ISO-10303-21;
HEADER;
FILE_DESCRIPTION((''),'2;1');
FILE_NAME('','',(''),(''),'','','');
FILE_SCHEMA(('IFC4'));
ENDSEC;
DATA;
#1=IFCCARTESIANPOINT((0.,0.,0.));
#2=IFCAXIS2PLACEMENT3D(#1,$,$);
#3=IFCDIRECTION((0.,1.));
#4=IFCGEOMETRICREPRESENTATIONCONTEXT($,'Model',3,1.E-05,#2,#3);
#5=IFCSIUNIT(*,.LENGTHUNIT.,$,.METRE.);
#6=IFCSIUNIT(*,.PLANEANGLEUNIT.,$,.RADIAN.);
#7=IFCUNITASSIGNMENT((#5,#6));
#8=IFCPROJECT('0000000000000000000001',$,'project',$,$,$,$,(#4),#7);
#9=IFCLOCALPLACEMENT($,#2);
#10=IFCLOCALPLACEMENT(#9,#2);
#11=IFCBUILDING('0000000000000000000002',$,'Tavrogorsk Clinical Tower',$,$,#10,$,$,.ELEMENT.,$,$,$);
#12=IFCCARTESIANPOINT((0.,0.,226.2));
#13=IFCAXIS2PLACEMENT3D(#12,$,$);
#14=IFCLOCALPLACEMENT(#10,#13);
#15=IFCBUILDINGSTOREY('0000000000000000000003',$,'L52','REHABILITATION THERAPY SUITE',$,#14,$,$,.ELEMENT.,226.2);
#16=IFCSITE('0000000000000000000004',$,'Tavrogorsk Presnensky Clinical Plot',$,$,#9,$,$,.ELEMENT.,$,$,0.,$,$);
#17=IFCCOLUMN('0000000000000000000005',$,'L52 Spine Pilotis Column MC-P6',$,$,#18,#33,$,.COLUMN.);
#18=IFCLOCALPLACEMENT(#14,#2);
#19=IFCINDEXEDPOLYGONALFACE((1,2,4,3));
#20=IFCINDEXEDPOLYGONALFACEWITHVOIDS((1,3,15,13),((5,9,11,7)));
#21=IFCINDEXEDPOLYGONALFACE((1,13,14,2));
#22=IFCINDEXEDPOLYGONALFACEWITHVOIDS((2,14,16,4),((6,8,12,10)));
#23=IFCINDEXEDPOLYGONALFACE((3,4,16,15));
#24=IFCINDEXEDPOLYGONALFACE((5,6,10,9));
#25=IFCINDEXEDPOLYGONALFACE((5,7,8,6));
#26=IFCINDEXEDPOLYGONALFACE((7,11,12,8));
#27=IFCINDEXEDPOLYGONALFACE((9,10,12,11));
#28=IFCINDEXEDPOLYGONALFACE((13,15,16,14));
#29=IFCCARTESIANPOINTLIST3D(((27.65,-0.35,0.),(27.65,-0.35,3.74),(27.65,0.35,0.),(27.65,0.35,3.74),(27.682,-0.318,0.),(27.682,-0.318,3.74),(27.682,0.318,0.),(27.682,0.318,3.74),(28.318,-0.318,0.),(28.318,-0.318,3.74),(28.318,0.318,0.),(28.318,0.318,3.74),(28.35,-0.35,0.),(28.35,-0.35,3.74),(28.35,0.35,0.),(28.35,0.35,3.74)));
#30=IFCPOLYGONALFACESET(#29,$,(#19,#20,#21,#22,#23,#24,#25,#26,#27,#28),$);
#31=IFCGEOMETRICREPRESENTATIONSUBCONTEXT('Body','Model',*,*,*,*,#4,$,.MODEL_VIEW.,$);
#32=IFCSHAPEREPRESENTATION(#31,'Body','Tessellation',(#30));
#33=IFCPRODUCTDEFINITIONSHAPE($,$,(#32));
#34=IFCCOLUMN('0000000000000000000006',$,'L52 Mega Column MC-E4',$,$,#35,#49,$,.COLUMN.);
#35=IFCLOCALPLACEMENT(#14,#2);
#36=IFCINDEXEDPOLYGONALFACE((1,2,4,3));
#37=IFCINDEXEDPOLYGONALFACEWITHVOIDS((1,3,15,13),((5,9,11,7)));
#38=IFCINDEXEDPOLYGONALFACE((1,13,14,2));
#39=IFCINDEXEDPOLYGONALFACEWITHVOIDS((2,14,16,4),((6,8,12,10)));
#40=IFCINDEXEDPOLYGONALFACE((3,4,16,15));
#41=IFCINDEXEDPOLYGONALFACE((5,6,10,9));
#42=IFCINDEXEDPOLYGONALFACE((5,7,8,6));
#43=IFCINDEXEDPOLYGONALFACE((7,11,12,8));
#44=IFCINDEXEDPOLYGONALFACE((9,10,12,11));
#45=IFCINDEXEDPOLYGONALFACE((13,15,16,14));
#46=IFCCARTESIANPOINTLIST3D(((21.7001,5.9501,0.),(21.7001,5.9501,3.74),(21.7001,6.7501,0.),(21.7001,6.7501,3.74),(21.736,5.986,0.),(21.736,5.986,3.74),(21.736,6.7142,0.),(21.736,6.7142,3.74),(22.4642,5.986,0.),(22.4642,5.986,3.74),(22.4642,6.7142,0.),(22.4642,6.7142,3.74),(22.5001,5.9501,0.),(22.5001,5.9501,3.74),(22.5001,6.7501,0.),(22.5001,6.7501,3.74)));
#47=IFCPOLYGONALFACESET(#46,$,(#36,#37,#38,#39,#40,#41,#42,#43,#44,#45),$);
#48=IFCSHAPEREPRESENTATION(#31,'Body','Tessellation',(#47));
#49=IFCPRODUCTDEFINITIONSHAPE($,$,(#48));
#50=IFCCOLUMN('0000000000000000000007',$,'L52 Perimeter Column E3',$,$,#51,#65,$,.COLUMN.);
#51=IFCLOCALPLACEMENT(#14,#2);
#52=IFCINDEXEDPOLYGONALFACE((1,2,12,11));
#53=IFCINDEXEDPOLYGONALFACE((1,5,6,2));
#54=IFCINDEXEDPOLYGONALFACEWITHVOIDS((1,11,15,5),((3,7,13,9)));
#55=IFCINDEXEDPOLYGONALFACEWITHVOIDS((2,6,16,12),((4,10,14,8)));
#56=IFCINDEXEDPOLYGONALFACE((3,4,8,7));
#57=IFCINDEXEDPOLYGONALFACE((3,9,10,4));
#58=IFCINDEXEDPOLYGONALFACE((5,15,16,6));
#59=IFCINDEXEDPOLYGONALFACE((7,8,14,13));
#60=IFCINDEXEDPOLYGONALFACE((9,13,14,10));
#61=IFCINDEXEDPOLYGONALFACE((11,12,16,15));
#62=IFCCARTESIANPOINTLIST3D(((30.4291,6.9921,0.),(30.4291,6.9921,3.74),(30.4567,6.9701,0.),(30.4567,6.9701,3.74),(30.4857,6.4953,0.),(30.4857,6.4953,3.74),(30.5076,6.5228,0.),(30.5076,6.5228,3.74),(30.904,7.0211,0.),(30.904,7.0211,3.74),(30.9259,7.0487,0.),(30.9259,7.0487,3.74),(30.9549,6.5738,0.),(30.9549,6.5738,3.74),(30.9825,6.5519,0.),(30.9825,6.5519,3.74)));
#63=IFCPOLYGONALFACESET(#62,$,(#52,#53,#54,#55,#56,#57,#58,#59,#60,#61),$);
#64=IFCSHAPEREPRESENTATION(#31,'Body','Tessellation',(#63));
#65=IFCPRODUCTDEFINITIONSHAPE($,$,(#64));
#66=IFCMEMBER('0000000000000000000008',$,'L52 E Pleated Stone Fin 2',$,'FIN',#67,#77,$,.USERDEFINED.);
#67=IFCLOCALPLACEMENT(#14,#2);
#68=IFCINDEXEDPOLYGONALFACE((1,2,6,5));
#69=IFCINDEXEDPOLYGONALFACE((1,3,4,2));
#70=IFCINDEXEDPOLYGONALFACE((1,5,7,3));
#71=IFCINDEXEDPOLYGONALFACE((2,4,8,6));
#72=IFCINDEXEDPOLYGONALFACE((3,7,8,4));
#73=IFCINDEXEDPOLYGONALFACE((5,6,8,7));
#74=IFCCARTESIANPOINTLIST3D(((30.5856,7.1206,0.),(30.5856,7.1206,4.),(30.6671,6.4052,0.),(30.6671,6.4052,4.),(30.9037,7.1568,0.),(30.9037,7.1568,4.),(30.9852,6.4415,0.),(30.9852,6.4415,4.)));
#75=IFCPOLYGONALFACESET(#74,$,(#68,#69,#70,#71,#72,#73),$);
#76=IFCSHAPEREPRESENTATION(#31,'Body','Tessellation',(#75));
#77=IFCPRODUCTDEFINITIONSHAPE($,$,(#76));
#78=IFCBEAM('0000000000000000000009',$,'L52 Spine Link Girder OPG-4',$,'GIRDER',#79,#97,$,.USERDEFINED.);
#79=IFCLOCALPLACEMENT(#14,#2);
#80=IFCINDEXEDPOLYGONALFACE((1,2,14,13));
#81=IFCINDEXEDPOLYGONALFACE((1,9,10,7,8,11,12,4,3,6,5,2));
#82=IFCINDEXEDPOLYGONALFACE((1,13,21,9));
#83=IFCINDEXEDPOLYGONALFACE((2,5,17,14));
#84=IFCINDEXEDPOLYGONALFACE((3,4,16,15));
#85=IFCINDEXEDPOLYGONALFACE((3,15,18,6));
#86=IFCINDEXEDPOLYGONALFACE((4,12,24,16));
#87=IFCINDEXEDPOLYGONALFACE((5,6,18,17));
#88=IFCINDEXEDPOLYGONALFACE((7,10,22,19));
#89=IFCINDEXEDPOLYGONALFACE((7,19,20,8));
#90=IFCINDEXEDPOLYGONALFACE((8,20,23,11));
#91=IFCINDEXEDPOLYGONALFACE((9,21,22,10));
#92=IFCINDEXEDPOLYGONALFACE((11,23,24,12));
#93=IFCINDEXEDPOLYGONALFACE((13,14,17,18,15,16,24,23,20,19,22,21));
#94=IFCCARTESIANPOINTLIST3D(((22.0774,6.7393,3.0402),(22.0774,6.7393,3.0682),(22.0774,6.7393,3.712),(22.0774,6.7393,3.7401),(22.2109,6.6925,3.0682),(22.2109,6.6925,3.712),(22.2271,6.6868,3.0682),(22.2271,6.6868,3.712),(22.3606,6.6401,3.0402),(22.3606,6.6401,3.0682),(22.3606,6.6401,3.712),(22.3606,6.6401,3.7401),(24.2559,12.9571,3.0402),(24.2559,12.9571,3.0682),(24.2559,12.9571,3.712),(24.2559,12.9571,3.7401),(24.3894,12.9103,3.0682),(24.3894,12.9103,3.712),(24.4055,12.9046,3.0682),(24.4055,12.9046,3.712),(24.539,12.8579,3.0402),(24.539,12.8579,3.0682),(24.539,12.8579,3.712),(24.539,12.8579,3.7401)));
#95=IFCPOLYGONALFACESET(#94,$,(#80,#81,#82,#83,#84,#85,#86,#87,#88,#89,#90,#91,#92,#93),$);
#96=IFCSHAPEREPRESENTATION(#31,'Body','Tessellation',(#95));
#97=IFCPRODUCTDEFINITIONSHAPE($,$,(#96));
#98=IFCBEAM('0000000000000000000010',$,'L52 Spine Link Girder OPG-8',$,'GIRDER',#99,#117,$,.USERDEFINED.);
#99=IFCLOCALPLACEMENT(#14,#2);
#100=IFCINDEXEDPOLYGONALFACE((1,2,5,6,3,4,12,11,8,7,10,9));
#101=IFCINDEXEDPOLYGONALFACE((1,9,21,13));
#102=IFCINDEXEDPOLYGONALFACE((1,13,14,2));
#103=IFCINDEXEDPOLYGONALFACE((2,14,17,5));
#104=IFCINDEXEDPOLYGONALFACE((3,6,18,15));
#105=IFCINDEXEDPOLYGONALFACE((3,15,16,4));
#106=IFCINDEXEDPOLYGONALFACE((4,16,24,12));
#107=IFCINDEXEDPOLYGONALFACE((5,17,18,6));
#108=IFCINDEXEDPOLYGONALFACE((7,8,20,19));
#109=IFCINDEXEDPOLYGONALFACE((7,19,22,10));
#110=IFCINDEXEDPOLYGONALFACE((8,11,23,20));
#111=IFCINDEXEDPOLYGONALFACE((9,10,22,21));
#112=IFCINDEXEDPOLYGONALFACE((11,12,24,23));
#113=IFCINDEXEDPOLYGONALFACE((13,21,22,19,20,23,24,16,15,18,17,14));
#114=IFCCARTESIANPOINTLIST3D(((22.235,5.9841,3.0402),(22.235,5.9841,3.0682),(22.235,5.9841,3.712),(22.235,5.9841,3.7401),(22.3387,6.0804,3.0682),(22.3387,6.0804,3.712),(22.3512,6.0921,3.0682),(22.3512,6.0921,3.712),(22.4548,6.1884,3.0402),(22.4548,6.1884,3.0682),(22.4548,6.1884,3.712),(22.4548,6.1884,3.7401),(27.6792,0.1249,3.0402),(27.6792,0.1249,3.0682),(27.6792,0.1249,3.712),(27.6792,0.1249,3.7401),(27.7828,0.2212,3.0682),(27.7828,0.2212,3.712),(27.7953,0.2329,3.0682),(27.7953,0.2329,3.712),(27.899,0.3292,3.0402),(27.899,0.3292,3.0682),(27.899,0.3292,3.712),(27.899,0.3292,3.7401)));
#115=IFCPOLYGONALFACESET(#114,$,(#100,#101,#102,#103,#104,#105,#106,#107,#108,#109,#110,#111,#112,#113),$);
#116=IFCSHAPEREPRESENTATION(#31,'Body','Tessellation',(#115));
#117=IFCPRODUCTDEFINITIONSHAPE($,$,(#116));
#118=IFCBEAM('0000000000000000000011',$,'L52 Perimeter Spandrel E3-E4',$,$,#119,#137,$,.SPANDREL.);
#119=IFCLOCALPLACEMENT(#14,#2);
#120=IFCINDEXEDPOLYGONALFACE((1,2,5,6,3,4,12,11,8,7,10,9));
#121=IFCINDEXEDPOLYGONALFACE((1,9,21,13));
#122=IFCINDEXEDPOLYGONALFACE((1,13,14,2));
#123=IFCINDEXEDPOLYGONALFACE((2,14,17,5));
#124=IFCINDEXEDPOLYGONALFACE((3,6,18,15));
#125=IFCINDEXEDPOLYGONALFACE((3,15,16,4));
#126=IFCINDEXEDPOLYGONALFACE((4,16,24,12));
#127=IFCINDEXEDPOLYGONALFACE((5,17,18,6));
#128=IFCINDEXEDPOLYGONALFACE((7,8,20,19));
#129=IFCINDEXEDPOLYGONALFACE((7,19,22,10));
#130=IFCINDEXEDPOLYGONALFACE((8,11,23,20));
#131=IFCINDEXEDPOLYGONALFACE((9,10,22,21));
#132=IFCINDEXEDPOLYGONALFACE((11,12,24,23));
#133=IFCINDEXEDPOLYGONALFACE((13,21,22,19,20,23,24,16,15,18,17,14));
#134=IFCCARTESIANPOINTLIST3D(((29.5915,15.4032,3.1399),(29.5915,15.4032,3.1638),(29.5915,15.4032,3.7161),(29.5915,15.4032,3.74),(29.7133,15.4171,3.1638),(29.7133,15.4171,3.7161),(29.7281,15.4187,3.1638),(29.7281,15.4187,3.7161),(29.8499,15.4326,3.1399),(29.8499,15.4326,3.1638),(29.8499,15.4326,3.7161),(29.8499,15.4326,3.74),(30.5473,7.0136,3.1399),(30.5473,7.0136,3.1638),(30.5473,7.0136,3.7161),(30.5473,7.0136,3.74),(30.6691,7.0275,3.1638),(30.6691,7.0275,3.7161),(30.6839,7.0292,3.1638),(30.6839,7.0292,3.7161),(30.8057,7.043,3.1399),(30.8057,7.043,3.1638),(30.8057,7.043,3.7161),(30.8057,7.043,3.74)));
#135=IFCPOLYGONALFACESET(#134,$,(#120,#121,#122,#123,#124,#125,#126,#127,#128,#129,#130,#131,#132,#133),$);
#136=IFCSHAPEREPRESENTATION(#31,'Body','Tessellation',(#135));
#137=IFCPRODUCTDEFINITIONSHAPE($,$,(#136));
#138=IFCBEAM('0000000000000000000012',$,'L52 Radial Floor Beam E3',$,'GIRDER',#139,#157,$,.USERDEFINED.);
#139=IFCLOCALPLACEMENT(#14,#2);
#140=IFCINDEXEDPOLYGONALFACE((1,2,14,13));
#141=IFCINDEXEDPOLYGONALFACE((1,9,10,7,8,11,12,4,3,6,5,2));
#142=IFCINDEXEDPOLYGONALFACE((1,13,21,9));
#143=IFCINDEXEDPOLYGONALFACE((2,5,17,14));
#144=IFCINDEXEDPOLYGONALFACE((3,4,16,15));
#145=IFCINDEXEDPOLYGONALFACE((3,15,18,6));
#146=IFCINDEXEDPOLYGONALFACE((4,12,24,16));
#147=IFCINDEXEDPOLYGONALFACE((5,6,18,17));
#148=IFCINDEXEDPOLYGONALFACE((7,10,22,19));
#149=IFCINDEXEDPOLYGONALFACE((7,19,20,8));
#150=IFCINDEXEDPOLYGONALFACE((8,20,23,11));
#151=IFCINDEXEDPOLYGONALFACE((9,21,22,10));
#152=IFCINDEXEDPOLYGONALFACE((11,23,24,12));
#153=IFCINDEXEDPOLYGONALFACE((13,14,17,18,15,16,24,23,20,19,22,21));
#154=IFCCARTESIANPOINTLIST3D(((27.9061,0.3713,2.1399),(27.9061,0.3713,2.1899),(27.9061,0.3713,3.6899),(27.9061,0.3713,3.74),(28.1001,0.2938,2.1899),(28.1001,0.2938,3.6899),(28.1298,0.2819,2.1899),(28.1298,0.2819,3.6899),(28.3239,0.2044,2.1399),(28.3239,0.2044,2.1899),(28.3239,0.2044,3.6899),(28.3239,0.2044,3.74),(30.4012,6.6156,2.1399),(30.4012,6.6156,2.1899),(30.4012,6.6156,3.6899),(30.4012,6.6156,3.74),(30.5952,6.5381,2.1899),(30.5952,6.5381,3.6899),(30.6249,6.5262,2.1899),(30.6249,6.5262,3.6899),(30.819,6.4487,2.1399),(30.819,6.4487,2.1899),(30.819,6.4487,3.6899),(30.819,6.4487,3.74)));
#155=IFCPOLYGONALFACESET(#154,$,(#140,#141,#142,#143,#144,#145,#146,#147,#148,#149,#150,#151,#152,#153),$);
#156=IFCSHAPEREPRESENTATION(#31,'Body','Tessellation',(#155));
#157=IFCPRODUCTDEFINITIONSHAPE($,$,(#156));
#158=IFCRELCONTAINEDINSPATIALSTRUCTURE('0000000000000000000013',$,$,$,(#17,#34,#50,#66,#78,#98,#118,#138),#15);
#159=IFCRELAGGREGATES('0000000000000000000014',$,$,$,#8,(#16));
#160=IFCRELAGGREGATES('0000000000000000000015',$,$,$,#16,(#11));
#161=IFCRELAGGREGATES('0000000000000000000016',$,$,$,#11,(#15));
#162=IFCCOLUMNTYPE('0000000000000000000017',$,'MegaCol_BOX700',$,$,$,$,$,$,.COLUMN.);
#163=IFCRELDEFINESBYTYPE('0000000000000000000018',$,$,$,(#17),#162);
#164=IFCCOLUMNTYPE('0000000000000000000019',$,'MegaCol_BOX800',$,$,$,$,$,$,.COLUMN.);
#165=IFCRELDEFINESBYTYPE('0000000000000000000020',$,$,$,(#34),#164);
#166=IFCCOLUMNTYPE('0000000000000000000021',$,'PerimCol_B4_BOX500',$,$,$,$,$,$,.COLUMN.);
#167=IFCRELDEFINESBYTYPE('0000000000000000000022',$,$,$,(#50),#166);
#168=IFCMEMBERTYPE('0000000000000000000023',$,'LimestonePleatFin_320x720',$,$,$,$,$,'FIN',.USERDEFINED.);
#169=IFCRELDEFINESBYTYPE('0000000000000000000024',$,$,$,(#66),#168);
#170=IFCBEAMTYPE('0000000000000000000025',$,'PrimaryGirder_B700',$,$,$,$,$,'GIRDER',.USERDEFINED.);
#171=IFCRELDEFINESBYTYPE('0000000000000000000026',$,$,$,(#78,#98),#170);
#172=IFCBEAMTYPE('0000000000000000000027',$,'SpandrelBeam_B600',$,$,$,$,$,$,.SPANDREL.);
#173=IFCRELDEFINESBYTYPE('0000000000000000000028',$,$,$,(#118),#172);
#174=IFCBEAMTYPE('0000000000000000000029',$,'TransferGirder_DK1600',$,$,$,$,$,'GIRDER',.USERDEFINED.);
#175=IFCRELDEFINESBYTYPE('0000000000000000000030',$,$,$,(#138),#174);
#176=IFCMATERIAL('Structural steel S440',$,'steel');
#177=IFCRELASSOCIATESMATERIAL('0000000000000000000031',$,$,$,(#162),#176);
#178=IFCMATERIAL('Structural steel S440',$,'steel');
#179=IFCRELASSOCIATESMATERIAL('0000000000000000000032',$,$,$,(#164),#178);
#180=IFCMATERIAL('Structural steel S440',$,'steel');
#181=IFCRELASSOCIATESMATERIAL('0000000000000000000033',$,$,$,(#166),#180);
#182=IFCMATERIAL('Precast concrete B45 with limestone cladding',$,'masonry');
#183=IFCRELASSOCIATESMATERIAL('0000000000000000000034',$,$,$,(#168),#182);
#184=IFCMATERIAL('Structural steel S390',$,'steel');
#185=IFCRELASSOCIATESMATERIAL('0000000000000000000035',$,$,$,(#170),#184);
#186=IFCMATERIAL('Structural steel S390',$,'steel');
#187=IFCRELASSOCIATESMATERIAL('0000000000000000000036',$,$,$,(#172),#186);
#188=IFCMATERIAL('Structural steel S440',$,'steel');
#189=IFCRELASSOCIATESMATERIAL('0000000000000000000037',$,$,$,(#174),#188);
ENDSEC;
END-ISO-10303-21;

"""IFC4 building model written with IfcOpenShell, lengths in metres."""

from ifc_helpers import new_model, si_unit, direction, frame, origin, origin_2d, place, context, subcontext, project, spatial, rectangle, hollow_rectangle, i_section, extrude, material, material_profile, profile_set, type_object, element, save


model = new_model("IFC4")

# Units and contexts
model_context = context("Model", 3, precision=1e-05, world=origin(), true_north=direction((0.0, 1.0)))
body_context = subcontext(model_context, "Body", "Model", "MODEL_VIEW")
ifc_project = project(units=[si_unit("LENGTHUNIT", "METRE"), si_unit("PLANEANGLEUNIT", "RADIAN")], contexts=[model_context])

# Site, building, storey
site_placement = place(None, origin())
site = spatial("IfcSite", under=ifc_project, at=site_placement, Name="Tavrogorsk Presnensky Clinical Plot", CompositionType="ELEMENT", RefElevation=0.0)
building_placement = place(site_placement, origin())
building = spatial("IfcBuilding", under=site, at=building_placement, Name="Tavrogorsk Clinical Tower", CompositionType="ELEMENT")
storey_placement = place(building_placement, frame((0.0, 0.0, 226.2)))
storey = spatial("IfcBuildingStorey", under=building, at=storey_placement, Name="L52", Description="REHABILITATION THERAPY SUITE", CompositionType="ELEMENT", Elevation=226.2)

# Columns
ifc_material_1 = material(Name="Structural steel S440", Category="steel")
ifc_material_profile_1 = material_profile(ifc_material_1, hollow_rectangle(XDim=0.7, YDim=0.7, WallThickness=0.032, at=origin_2d()), Name="BOX-700x700x32")
ifc_profile_set_1 = profile_set([ifc_material_profile_1], Name="Structural steel S440")
column_type_1 = type_object("IfcColumnType", Name="MegaCol_BOX700", PredefinedType="COLUMN", material=ifc_profile_set_1)
column_1_placement = place(storey_placement, frame((28.0, 0.0, 0.0), z_axis=(0.0, 0.0, 1.0), x_axis=(1.0, 0.0, 0.0)))
element("IfcColumn", 1, at=column_1_placement, inside=storey, type_object=column_type_1, Name="L52 Spine Pilotis Column MC-P6", PredefinedType="COLUMN", context=body_context, shape_type="SweptSolid", body=[
    extrude(hollow_rectangle(XDim=0.7, YDim=0.7, WallThickness=0.032, at=origin_2d()), origin(), (0.0, 0.0, 1.0), 3.74),
])
ifc_material_2 = material(Name="Structural steel S440", Category="steel")
ifc_material_profile_2 = material_profile(ifc_material_2, hollow_rectangle(XDim=0.8, YDim=0.8, WallThickness=0.0359, at=origin_2d()), Name="BOX-800x800x36")
ifc_profile_set_2 = profile_set([ifc_material_profile_2], Name="Structural steel S440")
column_type_2 = type_object("IfcColumnType", Name="MegaCol_BOX800", PredefinedType="COLUMN", material=ifc_profile_set_2)
column_2_placement = place(storey_placement, frame((22.1001, 6.3501, 0.0), z_axis=(0.0, 0.0, 1.0), x_axis=(1.0, 0.0, 0.0)))
element("IfcColumn", 2, at=column_2_placement, inside=storey, type_object=column_type_2, Name="L52 Mega Column MC-E4", PredefinedType="COLUMN", context=body_context, shape_type="SweptSolid", body=[
    extrude(hollow_rectangle(XDim=0.8, YDim=0.8, WallThickness=0.0359, at=origin_2d()), origin(), (0.0, 0.0, 1.0), 3.74),
])
ifc_material_3 = material(Name="Structural steel S440", Category="steel")
ifc_material_profile_3 = material_profile(ifc_material_3, hollow_rectangle(XDim=0.5, YDim=0.5, WallThickness=0.0249, at=origin_2d()), Name="BOX-500x500x25")
ifc_profile_set_3 = profile_set([ifc_material_profile_3], Name="Structural steel S440")
column_type_3 = type_object("IfcColumnType", Name="PerimCol_B4_BOX500", PredefinedType="COLUMN", material=ifc_profile_set_3)
column_3_placement = place(storey_placement, frame((30.7058, 6.772, 0.0), z_axis=(0.0, 0.0, 1.0), x_axis=(0.993572, 0.113203, 0.0)))
element("IfcColumn", 3, at=column_3_placement, inside=storey, type_object=column_type_3, Name="L52 Perimeter Column E3", PredefinedType="COLUMN", context=body_context, shape_type="SweptSolid", body=[
    extrude(hollow_rectangle(XDim=0.5, YDim=0.5, WallThickness=0.0249, at=origin_2d()), origin(), (0.0, 0.0, 1.0), 3.74),
])

# Member
ifc_material_4 = material(Name="Precast concrete B45 with limestone cladding", Category="masonry")
ifc_material_profile_4 = material_profile(ifc_material_4, rectangle(XDim=0.3201, YDim=0.72, at=origin_2d()), Name="LIMESTONE-FIN-320x720")
ifc_profile_set_4 = profile_set([ifc_material_profile_4], Name="Precast concrete B45 with limestone cladding")
member_type = type_object("IfcMemberType", Name="LimestonePleatFin_320x720", ElementType="FIN", PredefinedType="USERDEFINED", material=ifc_profile_set_4)
member_placement = place(storey_placement, frame((30.7854, 6.781, 0.0), z_axis=(0.0, 0.0, 1.0), x_axis=(0.993572, 0.113203, 0.0)))
element("IfcMember", 4, at=member_placement, inside=storey, type_object=member_type, Name="L52 E Pleated Stone Fin 2", ObjectType="FIN", PredefinedType="USERDEFINED", context=body_context, shape_type="SweptSolid", body=[
    extrude(rectangle(XDim=0.3201, YDim=0.72, at=origin_2d()), origin(), (0.0, 0.0, 1.0), 4.0),
])

# Beams
ifc_material_5 = material(Name="Structural steel S390", Category="steel")
ifc_material_profile_5 = material_profile(ifc_material_5, i_section(OverallWidth=0.3, OverallDepth=0.7, WebThickness=0.0171, FlangeThickness=0.0281, at=origin_2d()), Name="B-700x300x17x28")
ifc_profile_set_5 = profile_set([ifc_material_profile_5], Name="Structural steel S390")
beam_type_1 = type_object("IfcBeamType", Name="PrimaryGirder_B700", ElementType="GIRDER", PredefinedType="USERDEFINED", material=ifc_profile_set_5)
beam_1_placement = place(storey_placement, frame((24.3975, 12.9075, 3.3901), z_axis=(-0.330654, -0.943752, 0.0), x_axis=(0.943752, -0.330654, 0.0)))
element("IfcBeam", 5, at=beam_1_placement, inside=storey, type_object=beam_type_1, Name="L52 Spine Link Girder OPG-4", ObjectType="GIRDER", PredefinedType="USERDEFINED", context=body_context, shape_type="SweptSolid", body=[
    extrude(i_section(OverallWidth=0.3, OverallDepth=0.7, WebThickness=0.0171, FlangeThickness=0.0281, at=origin_2d()), origin(), (0.0, 0.0, 1.0), 6.5884),
])
beam_2_placement = place(storey_placement, frame((27.7891, 0.2271, 3.3901), z_axis=(-0.680684, 0.732577, 0.0), x_axis=(-0.732577, -0.680684, 0.0)))
element("IfcBeam", 6, at=beam_2_placement, inside=storey, type_object=beam_type_1, Name="L52 Spine Link Girder OPG-8", ObjectType="GIRDER", PredefinedType="USERDEFINED", context=body_context, shape_type="SweptSolid", body=[
    extrude(i_section(OverallWidth=0.3, OverallDepth=0.7, WebThickness=0.0171, FlangeThickness=0.0281, at=origin_2d()), origin(), (0.0, 0.0, 1.0), 7.998),
])
ifc_material_6 = material(Name="Structural steel S390", Category="steel")
ifc_material_profile_6 = material_profile(ifc_material_6, i_section(OverallWidth=0.26, OverallDepth=0.6001, WebThickness=0.0149, FlangeThickness=0.0239, at=origin_2d()), Name="B-600x260x15x24")
ifc_profile_set_6 = profile_set([ifc_material_profile_6], Name="Structural steel S390")
beam_type_2 = type_object("IfcBeamType", Name="SpandrelBeam_B600", PredefinedType="SPANDREL", material=ifc_profile_set_6)
beam_3_placement = place(storey_placement, frame((30.6765, 7.0283, 3.4399), z_axis=(-0.113195, 0.993573, 0.0), x_axis=(-0.993573, -0.113195, 0.0)))
element("IfcBeam", 7, at=beam_3_placement, inside=storey, type_object=beam_type_2, Name="L52 Perimeter Spandrel E3-E4", PredefinedType="SPANDREL", context=body_context, shape_type="SweptSolid", body=[
    extrude(i_section(OverallWidth=0.26, OverallDepth=0.6001, WebThickness=0.0149, FlangeThickness=0.0239, at=origin_2d()), origin(), (0.0, 0.0, 1.0), 8.4438),
])
ifc_material_7 = material(Name="Structural steel S440", Category="steel")
ifc_material_profile_7 = material_profile(ifc_material_7, i_section(OverallWidth=0.45, OverallDepth=1.6001, WebThickness=0.032, FlangeThickness=0.05, at=origin_2d()), Name="DK-1600x450x32x50")
ifc_profile_set_7 = profile_set([ifc_material_profile_7], Name="Structural steel S440")
beam_type_3 = type_object("IfcBeamType", Name="TransferGirder_DK1600", ElementType="GIRDER", PredefinedType="USERDEFINED", material=ifc_profile_set_7)
beam_4_placement = place(storey_placement, frame((28.115, 0.2878, 2.9399), z_axis=(0.371053, 0.928612, 0.0), x_axis=(-0.928612, 0.371053, 0.0)))
element("IfcBeam", 8, at=beam_4_placement, inside=storey, type_object=beam_type_3, Name="L52 Radial Floor Beam E3", ObjectType="GIRDER", PredefinedType="USERDEFINED", context=body_context, shape_type="SweptSolid", body=[
    extrude(i_section(OverallWidth=0.45, OverallDepth=1.6001, WebThickness=0.032, FlangeThickness=0.05, at=origin_2d()), origin(), (0.0, 0.0, 1.0), 6.7244),
])

save(model, "model.ifc")
